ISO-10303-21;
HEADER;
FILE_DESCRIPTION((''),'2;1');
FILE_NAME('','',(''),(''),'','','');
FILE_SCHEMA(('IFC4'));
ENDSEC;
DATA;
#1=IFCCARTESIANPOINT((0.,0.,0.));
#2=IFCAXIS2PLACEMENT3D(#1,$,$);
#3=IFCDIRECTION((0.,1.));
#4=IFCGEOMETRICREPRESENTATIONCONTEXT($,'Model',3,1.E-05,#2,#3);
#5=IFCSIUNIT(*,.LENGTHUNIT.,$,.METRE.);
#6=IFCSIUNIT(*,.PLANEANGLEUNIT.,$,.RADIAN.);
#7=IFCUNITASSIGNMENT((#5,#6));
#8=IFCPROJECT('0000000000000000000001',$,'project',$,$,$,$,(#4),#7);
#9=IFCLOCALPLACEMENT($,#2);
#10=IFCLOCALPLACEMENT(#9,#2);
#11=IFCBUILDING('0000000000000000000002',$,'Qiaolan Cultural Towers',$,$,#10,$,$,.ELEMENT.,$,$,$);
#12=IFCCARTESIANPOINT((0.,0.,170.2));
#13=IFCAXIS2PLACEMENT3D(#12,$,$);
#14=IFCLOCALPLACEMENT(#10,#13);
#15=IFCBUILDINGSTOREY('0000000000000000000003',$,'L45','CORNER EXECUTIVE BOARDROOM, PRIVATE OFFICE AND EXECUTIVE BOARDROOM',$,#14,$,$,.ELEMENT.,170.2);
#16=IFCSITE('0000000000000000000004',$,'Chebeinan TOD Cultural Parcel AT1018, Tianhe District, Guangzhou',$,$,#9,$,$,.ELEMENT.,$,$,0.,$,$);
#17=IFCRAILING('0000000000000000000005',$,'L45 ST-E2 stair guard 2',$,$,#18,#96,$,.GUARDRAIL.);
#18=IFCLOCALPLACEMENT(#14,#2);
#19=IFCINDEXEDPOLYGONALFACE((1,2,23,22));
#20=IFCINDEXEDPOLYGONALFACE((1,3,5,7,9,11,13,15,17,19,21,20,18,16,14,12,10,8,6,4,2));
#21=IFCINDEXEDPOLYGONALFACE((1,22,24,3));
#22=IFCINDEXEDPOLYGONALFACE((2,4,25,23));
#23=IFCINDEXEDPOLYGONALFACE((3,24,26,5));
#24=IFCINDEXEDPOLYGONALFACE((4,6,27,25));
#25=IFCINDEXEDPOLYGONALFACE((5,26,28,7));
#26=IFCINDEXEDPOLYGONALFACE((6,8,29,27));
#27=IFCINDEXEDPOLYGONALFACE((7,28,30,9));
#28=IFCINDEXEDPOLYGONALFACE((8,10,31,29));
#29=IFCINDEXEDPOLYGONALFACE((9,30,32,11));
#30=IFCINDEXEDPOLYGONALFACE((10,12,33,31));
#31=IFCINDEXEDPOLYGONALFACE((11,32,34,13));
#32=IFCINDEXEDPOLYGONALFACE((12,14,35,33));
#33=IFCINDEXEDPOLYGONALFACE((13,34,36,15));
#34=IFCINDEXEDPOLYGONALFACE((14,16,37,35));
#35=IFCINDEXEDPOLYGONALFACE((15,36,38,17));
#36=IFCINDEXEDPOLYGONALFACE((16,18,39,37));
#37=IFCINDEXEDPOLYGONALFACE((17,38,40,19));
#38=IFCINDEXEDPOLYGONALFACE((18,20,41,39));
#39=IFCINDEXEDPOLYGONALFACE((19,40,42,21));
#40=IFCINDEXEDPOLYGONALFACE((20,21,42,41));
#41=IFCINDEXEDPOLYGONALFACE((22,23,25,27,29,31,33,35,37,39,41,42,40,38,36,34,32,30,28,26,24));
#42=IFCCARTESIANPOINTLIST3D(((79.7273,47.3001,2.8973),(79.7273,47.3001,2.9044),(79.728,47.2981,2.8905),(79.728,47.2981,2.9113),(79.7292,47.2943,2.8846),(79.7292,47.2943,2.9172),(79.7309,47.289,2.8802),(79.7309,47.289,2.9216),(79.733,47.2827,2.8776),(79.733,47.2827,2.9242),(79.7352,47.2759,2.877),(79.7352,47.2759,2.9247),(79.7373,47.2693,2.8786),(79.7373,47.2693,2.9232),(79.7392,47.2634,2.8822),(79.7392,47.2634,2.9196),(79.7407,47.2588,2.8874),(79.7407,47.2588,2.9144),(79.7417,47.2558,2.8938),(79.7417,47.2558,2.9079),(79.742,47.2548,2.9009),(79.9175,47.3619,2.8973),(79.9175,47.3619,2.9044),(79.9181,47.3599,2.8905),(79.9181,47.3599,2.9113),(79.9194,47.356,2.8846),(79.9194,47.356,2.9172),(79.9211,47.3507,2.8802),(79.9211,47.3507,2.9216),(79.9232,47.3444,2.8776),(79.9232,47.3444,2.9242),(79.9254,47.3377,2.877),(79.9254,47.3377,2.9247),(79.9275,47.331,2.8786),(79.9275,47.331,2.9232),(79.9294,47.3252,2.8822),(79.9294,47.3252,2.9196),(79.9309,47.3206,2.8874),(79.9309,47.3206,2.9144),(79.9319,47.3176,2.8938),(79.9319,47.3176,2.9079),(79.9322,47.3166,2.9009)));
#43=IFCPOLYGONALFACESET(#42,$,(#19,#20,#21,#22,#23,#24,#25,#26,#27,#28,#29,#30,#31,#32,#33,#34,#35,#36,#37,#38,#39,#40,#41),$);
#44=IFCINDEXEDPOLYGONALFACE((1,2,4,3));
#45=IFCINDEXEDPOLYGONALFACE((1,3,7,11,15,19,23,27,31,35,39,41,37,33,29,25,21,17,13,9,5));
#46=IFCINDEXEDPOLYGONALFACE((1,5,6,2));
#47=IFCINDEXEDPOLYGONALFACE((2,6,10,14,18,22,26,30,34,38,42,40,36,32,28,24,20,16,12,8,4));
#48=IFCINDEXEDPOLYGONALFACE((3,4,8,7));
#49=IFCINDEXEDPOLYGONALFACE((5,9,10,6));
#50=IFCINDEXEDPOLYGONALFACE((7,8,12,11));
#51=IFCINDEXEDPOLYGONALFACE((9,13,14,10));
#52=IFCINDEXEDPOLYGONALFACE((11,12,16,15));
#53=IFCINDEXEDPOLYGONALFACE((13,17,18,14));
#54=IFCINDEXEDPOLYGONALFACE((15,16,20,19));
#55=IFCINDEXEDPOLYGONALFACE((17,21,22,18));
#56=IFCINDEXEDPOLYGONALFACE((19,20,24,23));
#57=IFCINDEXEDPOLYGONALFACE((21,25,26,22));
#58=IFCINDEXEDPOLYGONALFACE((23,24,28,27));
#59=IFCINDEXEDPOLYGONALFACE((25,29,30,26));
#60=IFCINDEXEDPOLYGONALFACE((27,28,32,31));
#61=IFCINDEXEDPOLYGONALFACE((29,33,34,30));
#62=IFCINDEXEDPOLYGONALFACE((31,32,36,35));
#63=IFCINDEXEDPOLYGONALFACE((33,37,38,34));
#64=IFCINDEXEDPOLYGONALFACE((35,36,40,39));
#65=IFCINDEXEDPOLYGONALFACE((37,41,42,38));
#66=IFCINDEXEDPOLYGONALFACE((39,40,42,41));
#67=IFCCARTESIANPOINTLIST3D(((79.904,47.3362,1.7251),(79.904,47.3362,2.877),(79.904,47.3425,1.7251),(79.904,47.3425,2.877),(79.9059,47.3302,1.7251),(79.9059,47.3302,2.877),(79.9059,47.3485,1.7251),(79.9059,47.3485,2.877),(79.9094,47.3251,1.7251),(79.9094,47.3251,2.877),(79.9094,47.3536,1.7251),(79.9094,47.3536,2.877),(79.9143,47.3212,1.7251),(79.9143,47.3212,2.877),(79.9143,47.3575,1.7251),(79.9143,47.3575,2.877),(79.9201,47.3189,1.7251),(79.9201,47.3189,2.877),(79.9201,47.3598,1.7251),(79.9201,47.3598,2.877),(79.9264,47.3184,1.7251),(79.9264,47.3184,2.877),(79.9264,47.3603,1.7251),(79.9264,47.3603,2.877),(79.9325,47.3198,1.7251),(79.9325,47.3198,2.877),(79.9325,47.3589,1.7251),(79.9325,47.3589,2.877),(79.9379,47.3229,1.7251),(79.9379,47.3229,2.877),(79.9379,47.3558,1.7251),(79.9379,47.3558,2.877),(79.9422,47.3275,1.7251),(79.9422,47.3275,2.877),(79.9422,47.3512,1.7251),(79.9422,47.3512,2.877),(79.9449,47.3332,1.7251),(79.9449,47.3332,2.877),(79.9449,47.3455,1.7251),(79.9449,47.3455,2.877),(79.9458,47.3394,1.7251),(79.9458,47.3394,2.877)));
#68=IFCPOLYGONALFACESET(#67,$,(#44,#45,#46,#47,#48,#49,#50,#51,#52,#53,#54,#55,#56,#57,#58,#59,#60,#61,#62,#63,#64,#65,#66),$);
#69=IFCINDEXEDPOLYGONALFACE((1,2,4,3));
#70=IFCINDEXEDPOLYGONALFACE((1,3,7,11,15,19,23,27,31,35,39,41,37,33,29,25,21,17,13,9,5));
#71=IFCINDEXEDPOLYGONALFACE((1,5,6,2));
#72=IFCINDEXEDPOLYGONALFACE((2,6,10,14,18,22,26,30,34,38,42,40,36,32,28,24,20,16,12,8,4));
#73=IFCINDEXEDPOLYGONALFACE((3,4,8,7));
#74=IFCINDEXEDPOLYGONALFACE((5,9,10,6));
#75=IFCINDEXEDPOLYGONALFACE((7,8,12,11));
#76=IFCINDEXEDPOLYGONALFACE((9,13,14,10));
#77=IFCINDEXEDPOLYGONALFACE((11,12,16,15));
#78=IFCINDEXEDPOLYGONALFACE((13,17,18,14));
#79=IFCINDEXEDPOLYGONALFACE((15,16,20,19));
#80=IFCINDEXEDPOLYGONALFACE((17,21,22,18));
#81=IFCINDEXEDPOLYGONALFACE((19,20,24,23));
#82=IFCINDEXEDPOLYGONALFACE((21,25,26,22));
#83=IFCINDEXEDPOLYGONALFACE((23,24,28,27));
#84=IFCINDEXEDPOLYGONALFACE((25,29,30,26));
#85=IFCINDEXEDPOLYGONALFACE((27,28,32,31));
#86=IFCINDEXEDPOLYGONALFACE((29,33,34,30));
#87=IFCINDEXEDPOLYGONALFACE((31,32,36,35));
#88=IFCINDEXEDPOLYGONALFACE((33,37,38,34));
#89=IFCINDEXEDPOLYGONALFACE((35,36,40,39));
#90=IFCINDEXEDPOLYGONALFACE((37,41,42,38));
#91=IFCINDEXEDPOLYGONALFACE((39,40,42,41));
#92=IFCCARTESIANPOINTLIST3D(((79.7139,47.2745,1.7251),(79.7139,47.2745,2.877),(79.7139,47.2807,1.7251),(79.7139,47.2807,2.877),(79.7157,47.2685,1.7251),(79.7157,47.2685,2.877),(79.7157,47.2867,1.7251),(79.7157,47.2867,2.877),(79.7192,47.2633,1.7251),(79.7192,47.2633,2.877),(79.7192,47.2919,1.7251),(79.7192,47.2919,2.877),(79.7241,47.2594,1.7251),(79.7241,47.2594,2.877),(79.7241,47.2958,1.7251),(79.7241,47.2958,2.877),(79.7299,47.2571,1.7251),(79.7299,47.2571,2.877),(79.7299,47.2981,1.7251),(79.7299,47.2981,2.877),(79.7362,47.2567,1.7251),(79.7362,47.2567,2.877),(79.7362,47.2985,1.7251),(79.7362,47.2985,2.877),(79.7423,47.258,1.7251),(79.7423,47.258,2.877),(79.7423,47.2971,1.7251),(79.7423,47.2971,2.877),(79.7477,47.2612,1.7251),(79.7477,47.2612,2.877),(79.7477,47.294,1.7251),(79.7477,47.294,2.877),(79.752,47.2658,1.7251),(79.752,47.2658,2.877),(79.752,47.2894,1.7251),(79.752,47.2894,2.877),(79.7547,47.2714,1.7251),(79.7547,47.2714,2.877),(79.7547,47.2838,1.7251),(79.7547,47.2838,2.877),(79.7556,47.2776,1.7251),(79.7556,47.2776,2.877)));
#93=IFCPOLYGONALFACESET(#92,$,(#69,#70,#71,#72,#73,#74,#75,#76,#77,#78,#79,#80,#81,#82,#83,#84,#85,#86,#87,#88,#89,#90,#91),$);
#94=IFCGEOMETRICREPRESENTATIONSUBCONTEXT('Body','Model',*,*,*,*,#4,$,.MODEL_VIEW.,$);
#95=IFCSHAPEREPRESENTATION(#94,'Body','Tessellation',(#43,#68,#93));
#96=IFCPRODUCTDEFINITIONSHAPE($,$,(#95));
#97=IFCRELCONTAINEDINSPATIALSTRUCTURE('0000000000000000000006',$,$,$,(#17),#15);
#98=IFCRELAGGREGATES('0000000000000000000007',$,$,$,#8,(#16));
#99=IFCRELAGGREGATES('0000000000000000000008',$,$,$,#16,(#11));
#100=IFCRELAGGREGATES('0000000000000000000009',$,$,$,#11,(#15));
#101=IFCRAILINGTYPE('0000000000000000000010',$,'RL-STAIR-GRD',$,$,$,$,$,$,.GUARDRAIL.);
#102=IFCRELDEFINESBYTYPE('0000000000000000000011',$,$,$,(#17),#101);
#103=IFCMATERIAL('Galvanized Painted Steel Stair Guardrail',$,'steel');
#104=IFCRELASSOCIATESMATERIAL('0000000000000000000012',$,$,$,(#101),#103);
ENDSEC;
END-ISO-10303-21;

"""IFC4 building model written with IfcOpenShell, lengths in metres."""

from ifc_helpers import new_model, si_unit, direction, frame, origin, origin_2d, place, context, subcontext, project, spatial, circle, extrude, material, type_object, element, save


model = new_model("IFC4")

# Units and contexts
model_context = context("Model", 3, precision=1e-05, world=origin(), true_north=direction((0.0, 1.0)))
body_context = subcontext(model_context, "Body", "Model", "MODEL_VIEW")
ifc_project = project(units=[si_unit("LENGTHUNIT", "METRE"), si_unit("PLANEANGLEUNIT", "RADIAN")], contexts=[model_context])

# Site, building, storey
site_placement = place(None, origin())
site = spatial("IfcSite", under=ifc_project, at=site_placement, Name="Chebeinan TOD Cultural Parcel AT1018, Tianhe District, Guangzhou", CompositionType="ELEMENT", RefElevation=0.0)
building_placement = place(site_placement, origin())
building = spatial("IfcBuilding", under=site, at=building_placement, Name="Qiaolan Cultural Towers", CompositionType="ELEMENT")
storey_placement = place(building_placement, frame((0.0, 0.0, 170.2)))
storey = spatial("IfcBuildingStorey", under=building, at=storey_placement, Name="L45", Description="CORNER EXECUTIVE BOARDROOM, PRIVATE OFFICE AND EXECUTIVE BOARDROOM", CompositionType="ELEMENT", Elevation=170.2)

# Railing
ifc_material_1 = material(Name="Galvanized Painted Steel Stair Guardrail", Category="steel")
railing_type_1 = type_object("IfcRailingType", Name="RL-STAIR-GRD", PredefinedType="GUARDRAIL", material=ifc_material_1)
railing_1_placement = place(storey_placement, frame((79.9248, 47.3394, 1.7251)))
element("IfcRailing", 1, at=railing_1_placement, inside=storey, type_object=railing_type_1, Name="L45 ST-E2 stair guard 2", PredefinedType="GUARDRAIL", context=body_context, shape_type="SweptSolid", body=[
    extrude(circle(Radius=0.0239, at=origin_2d()), frame((0.0, 0.0, 1.1758), z_axis=(-0.951097, -0.308893, 0.0), x_axis=(0.308893, -0.951097, 0.0)), (0.0, 0.0, 1.0), 0.2),
    extrude(circle(Radius=0.021, at=origin_2d()), origin(), (0.0, 0.0, 1.0), 1.1519),
    extrude(circle(Radius=0.021, at=origin_2d()), frame((-0.1902, -0.0618, 0.0)), (0.0, 0.0, 1.0), 1.1519),
])

save(model, "model.ifc")
